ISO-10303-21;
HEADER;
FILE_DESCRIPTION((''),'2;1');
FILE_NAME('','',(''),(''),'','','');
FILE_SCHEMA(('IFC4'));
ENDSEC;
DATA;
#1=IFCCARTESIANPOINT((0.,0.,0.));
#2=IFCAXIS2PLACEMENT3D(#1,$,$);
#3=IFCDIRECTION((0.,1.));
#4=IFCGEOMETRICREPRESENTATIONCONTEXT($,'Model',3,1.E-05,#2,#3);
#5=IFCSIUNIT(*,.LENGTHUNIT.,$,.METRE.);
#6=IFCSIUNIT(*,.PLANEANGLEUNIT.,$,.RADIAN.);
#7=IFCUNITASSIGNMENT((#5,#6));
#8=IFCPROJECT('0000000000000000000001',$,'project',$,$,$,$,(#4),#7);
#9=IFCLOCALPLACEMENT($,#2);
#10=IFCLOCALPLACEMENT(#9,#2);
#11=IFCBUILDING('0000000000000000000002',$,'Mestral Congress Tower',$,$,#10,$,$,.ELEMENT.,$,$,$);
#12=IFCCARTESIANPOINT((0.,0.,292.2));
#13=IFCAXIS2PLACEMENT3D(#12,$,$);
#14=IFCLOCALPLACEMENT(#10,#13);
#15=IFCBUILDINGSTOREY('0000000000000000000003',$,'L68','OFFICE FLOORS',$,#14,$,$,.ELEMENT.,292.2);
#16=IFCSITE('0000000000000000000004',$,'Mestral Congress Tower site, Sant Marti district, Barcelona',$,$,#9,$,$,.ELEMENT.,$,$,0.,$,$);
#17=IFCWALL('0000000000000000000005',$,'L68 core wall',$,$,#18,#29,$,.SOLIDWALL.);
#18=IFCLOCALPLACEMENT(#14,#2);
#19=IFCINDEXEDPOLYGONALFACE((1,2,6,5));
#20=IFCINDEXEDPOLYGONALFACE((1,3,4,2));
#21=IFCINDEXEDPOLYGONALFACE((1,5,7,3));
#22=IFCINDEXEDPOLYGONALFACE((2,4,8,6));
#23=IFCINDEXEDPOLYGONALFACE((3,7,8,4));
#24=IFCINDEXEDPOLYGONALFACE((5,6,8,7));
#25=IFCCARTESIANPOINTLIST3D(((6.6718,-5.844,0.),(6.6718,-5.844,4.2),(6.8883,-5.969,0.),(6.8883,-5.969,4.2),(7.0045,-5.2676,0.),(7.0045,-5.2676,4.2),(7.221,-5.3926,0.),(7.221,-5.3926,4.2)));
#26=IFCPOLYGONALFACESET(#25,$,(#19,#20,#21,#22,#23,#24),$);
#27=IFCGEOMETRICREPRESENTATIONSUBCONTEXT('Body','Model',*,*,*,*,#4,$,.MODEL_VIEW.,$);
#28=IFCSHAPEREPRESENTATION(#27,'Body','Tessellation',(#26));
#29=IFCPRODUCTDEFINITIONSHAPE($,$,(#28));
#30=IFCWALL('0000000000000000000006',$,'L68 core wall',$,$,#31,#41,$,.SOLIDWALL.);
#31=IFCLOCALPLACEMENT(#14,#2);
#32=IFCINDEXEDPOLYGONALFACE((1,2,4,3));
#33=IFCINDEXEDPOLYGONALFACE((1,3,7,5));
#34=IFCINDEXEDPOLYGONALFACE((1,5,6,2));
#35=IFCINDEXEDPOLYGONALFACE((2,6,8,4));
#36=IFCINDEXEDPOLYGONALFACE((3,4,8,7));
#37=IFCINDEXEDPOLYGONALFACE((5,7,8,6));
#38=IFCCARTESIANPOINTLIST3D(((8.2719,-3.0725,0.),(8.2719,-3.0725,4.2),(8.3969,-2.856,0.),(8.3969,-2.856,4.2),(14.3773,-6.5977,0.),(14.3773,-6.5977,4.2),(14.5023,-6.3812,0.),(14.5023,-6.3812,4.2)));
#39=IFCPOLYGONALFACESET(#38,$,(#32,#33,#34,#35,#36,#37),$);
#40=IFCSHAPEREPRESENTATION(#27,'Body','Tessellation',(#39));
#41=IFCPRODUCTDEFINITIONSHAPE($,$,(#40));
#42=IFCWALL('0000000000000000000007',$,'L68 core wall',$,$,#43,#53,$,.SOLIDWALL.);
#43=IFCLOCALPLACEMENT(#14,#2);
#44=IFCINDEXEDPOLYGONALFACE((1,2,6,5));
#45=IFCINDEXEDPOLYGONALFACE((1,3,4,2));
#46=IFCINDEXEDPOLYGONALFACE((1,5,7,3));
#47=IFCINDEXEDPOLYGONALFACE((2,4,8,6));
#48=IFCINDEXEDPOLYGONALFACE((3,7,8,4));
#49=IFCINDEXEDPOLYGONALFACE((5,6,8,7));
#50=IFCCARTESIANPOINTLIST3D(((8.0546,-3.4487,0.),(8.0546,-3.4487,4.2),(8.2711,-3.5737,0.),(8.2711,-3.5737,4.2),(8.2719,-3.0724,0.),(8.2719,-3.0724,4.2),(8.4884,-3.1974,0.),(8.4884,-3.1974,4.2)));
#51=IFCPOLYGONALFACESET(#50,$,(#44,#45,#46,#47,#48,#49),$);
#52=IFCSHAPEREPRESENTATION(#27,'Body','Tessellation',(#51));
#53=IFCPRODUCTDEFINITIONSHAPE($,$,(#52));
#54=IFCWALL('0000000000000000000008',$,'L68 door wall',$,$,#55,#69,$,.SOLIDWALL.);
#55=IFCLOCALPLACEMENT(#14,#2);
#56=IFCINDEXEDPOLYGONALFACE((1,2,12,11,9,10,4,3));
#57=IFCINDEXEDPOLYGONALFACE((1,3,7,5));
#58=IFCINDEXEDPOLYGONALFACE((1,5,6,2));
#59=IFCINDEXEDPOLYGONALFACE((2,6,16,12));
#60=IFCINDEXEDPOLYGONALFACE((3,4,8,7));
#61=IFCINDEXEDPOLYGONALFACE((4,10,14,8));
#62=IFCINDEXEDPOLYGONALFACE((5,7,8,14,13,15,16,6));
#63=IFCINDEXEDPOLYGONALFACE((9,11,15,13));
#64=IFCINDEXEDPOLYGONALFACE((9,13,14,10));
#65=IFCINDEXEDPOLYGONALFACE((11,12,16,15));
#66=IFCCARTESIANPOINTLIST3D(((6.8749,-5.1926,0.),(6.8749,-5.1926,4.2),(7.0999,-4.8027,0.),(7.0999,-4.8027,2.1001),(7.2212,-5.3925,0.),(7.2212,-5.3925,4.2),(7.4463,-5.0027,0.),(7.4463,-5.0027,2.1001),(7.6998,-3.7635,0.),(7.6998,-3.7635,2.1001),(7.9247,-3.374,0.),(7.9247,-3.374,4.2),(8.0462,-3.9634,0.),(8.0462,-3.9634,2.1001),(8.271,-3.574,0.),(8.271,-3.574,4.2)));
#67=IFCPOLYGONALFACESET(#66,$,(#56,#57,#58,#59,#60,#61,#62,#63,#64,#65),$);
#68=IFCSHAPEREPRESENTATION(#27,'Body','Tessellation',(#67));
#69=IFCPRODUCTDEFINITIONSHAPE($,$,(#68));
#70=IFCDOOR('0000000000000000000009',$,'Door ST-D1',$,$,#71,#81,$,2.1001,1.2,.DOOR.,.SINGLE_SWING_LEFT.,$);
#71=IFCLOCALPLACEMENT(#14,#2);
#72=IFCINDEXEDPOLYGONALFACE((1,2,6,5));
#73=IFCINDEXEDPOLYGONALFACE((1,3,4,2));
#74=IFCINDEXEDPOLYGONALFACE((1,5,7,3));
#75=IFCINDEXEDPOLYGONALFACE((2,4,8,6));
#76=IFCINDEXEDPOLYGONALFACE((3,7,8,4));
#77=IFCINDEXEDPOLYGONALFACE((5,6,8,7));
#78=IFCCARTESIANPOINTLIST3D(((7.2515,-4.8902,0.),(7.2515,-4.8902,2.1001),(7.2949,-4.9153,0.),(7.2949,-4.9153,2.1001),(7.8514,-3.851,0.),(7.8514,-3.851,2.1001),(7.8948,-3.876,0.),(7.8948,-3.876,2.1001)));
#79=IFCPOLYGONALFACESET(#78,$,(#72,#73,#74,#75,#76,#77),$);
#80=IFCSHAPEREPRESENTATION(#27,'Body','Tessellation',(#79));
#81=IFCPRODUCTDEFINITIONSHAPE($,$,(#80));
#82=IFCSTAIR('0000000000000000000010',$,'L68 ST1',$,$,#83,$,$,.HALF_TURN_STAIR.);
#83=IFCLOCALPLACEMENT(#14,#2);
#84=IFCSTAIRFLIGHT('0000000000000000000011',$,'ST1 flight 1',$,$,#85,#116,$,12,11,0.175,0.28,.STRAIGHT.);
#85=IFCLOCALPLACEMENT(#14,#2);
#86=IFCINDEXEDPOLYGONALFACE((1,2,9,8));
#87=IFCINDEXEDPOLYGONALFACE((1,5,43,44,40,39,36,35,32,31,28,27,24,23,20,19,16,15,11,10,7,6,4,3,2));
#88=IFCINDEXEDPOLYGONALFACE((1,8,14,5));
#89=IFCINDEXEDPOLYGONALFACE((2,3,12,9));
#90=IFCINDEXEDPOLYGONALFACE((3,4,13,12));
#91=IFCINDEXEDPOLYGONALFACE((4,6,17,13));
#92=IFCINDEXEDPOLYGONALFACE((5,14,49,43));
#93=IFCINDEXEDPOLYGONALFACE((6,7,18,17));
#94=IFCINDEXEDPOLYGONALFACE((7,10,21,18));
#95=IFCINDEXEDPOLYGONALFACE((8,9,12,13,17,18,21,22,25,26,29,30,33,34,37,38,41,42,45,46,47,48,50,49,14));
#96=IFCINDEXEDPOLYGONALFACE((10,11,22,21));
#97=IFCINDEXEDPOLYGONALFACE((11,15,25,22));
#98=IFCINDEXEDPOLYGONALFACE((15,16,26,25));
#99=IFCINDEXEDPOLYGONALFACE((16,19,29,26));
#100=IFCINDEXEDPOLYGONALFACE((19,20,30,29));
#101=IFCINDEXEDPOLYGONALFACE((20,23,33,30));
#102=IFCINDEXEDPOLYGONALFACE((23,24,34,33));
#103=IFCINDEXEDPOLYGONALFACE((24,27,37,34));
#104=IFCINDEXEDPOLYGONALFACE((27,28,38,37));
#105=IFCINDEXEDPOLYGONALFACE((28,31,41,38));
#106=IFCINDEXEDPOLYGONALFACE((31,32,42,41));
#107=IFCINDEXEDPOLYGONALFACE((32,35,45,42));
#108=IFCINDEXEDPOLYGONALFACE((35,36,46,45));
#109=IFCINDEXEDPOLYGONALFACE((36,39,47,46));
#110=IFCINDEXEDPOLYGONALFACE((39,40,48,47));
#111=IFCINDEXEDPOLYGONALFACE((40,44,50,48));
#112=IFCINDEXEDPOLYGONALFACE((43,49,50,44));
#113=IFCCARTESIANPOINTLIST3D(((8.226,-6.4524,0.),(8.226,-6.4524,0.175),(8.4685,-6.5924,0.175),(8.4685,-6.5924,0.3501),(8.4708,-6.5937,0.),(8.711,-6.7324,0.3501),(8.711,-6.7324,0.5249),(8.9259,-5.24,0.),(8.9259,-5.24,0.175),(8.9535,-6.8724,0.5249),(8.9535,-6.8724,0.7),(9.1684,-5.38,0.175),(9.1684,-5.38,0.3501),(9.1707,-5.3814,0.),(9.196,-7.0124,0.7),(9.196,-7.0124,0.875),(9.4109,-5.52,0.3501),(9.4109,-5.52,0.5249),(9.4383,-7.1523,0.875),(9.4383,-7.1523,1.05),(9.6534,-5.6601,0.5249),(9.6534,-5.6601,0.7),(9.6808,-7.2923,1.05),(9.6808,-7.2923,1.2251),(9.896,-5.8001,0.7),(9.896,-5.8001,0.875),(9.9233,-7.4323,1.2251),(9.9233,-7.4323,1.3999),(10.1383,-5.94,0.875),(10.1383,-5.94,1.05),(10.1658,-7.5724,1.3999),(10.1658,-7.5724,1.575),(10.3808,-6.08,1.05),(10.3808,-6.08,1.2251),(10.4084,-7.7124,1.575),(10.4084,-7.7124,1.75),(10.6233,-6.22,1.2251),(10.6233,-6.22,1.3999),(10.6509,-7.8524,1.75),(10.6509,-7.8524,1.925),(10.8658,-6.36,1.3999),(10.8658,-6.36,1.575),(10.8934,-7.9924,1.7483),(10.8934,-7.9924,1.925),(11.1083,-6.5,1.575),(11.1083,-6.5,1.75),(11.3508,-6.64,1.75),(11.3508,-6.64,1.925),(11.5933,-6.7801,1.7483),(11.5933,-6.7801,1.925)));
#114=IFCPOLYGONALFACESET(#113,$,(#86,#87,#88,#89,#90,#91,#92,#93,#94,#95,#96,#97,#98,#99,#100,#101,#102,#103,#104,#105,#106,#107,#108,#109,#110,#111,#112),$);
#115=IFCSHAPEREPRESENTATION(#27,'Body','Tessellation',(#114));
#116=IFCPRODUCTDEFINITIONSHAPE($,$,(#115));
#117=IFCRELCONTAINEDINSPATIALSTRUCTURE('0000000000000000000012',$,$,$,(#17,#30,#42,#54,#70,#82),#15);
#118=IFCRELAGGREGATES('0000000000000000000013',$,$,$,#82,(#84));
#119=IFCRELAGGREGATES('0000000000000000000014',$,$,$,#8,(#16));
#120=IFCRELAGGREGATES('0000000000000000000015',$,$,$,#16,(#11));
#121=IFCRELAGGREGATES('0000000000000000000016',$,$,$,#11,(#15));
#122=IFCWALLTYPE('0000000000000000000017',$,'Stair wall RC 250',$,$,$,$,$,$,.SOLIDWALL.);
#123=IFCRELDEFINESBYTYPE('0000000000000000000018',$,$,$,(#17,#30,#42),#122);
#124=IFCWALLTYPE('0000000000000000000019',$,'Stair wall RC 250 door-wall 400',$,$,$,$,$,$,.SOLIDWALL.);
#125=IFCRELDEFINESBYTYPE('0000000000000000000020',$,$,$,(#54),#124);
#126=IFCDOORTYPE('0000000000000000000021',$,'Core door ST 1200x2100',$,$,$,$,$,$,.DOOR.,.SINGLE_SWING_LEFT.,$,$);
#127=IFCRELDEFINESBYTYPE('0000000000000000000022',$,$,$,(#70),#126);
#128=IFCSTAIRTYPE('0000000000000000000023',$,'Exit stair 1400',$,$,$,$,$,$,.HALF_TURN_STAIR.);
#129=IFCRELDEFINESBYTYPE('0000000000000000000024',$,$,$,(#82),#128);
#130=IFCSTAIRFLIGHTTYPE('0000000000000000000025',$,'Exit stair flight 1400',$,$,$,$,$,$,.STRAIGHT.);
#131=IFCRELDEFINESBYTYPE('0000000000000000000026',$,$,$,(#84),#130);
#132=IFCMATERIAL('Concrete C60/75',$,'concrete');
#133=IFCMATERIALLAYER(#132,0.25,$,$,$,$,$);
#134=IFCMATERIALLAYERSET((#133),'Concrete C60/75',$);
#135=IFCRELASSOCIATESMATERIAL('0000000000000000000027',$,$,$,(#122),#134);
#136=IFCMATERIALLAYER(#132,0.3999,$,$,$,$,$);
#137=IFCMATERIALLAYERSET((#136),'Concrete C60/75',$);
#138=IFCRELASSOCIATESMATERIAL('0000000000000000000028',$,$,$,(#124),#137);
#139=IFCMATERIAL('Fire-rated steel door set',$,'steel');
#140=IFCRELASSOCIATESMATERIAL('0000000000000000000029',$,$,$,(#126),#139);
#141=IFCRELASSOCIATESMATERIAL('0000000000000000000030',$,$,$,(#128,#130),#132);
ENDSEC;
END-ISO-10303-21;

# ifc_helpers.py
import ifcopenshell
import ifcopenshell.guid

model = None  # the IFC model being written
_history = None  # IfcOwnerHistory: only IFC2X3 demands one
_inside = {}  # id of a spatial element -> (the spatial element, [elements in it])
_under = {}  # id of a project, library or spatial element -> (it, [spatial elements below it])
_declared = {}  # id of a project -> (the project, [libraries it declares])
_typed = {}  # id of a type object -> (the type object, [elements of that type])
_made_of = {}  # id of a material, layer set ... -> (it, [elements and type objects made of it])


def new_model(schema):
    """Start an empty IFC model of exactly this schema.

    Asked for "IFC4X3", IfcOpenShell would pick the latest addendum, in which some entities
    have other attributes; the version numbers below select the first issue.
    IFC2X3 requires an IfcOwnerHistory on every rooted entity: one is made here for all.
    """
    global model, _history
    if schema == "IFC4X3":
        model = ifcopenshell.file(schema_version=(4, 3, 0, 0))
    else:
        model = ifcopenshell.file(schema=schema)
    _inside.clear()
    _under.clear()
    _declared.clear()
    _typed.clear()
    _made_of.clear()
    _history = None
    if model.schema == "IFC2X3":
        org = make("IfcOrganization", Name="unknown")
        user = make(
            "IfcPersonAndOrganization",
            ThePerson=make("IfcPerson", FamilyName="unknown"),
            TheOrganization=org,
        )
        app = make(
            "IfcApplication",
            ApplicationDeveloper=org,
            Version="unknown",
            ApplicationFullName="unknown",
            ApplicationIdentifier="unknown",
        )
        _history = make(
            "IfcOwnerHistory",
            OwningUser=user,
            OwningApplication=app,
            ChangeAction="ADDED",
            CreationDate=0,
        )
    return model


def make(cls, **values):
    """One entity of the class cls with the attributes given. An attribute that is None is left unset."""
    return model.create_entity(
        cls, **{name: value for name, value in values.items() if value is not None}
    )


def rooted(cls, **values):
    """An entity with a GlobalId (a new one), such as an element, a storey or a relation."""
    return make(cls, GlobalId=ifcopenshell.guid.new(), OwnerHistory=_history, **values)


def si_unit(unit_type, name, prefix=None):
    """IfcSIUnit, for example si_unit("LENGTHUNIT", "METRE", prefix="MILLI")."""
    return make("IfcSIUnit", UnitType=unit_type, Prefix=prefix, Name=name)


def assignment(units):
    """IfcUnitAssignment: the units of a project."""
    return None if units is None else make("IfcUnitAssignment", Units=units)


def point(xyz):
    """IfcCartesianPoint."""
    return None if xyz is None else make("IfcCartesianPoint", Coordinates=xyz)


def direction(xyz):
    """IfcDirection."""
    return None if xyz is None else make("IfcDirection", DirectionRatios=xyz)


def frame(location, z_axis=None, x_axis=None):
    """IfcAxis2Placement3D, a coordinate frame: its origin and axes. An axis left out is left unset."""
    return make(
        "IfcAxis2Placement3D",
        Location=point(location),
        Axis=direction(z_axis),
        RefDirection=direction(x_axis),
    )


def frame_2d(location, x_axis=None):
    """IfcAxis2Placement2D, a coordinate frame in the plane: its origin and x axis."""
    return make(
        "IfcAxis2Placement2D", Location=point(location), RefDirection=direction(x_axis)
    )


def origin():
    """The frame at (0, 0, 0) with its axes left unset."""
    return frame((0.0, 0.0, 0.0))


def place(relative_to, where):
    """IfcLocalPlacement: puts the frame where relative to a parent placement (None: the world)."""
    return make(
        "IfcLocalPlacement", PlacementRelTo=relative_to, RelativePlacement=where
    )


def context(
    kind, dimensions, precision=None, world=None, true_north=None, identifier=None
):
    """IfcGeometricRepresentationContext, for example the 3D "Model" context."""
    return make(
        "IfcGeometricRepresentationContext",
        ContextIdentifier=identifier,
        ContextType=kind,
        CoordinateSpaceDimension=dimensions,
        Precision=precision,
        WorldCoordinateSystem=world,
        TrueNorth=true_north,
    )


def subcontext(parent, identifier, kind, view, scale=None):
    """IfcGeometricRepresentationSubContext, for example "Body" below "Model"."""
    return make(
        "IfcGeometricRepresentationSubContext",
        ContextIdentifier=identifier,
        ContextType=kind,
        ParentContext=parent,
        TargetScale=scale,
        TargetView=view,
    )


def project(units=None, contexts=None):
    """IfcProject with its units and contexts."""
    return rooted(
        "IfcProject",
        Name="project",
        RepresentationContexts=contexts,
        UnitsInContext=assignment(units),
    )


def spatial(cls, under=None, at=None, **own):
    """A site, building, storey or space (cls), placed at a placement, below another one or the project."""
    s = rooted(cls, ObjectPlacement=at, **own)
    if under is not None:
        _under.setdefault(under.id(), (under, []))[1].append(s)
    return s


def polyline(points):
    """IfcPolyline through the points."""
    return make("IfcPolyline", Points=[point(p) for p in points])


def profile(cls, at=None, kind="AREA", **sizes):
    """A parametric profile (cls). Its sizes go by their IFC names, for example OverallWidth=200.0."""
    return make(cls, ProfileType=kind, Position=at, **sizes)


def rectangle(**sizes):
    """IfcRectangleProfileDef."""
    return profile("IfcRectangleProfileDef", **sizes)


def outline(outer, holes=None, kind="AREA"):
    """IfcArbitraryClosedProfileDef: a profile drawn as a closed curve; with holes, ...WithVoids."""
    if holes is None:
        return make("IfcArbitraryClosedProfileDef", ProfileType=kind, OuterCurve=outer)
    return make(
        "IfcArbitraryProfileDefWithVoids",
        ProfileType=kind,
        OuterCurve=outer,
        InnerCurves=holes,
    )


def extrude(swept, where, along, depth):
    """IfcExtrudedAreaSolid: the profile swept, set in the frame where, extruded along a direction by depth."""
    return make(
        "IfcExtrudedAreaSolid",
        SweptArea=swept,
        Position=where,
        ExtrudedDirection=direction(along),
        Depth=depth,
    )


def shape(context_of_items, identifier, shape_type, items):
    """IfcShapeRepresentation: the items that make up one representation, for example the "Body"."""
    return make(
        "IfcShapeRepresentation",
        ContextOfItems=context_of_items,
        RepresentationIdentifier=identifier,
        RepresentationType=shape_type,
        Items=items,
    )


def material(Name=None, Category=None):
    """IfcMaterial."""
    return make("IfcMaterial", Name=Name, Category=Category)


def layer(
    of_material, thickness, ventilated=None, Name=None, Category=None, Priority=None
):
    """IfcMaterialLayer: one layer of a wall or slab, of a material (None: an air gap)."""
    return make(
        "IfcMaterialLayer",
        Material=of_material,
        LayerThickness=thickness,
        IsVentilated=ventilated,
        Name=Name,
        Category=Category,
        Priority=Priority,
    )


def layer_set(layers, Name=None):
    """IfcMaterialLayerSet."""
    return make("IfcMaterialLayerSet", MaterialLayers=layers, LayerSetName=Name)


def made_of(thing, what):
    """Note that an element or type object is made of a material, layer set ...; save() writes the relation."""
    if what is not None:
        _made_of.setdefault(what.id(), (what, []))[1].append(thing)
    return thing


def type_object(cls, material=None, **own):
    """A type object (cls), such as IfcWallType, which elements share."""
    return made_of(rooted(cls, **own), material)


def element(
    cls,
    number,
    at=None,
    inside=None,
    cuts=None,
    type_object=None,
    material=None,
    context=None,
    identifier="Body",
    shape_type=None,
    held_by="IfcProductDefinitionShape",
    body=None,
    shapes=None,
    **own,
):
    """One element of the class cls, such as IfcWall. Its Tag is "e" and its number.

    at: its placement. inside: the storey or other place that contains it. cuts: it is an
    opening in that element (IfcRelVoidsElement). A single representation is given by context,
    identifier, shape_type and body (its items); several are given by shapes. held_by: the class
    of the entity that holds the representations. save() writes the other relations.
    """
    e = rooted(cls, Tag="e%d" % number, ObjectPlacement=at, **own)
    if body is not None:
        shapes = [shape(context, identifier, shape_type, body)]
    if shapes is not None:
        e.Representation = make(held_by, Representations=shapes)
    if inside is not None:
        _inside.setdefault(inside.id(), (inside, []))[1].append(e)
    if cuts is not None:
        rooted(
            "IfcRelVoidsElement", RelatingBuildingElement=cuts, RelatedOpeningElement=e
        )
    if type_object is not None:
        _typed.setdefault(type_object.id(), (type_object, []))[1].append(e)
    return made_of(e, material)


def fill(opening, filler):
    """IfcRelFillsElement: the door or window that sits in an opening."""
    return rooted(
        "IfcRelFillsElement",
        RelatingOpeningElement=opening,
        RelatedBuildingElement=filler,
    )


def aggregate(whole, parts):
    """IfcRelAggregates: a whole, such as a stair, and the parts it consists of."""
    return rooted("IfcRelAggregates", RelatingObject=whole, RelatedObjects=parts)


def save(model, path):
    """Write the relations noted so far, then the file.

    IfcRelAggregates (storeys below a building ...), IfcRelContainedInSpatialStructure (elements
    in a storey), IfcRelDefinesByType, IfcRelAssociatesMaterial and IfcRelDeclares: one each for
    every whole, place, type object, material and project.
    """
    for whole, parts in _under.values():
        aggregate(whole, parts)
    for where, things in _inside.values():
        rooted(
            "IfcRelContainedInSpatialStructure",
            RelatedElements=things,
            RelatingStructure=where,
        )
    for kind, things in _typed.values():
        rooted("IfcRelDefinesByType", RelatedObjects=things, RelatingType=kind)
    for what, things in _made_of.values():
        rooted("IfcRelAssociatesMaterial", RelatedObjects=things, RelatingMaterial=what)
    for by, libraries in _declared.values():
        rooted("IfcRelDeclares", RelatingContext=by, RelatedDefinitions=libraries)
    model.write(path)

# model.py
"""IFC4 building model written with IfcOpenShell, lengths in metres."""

from ifc_helpers import new_model, si_unit, direction, frame, frame_2d, origin, place, context, subcontext, project, spatial, polyline, rectangle, outline, extrude, material, layer, layer_set, type_object, element, fill, aggregate, save


model = new_model("IFC4")

# Units and contexts
model_context = context("Model", 3, precision=1e-05, world=origin(), true_north=direction((0.0, 1.0)))
body_context = subcontext(model_context, "Body", "Model", "MODEL_VIEW")
ifc_project = project(units=[si_unit("LENGTHUNIT", "METRE"), si_unit("PLANEANGLEUNIT", "RADIAN")], contexts=[model_context])

# Site, building, storey
site_placement = place(None, origin())
site = spatial("IfcSite", under=ifc_project, at=site_placement, Name="Mestral Congress Tower site, Sant Marti district, Barcelona", CompositionType="ELEMENT", RefElevation=0.0)
building_placement = place(site_placement, origin())
building = spatial("IfcBuilding", under=site, at=building_placement, Name="Mestral Congress Tower", CompositionType="ELEMENT")
storey_placement = place(building_placement, frame((0.0, 0.0, 292.2)))
storey = spatial("IfcBuildingStorey", under=building, at=storey_placement, Name="L68", Description="OFFICE FLOORS", CompositionType="ELEMENT", Elevation=292.2)

# Shared definitions
ifc_material_1 = material(Name="Fire-rated steel door set", Category="steel")

# Walls
ifc_material_2 = material(Name="Concrete C60/75", Category="concrete")
ifc_layer_1 = layer(ifc_material_2, 0.25)
ifc_layer_set_1 = layer_set([ifc_layer_1], Name="Concrete C60/75")
wall_type_1 = type_object("IfcWallType", Name="Stair wall RC 250", PredefinedType="SOLIDWALL", material=ifc_layer_set_1)
wall_1_placement = place(storey_placement, frame((7.1128, -5.3301, 0.0), z_axis=(0.0, 0.0, 1.0), x_axis=(-0.499966, -0.866045, 0.0)))
element("IfcWall", 1, at=wall_1_placement, inside=storey, type_object=wall_type_1, Name="L68 core wall", PredefinedType="SOLIDWALL", context=body_context, shape_type="SweptSolid", body=[
    extrude(rectangle(XDim=0.6655, YDim=0.25, at=frame_2d((0.3328, 0.0))), origin(), (0.0, 0.0, 1.0), 4.2),
])
wall_2_placement = place(storey_placement, frame((8.3345, -2.9644, 0.0), z_axis=(0.0, 0.0, 1.0), x_axis=(0.866016, -0.500016, 0.0)))
element("IfcWall", 2, at=wall_2_placement, inside=storey, type_object=wall_type_1, Name="L68 core wall", PredefinedType="SOLIDWALL", context=body_context, shape_type="SweptSolid", body=[
    extrude(rectangle(XDim=7.05, YDim=0.25, at=frame_2d((3.5249, 0.0))), origin(), (0.0, 0.0, 1.0), 4.2),
])
wall_3_placement = place(storey_placement, frame((8.1628, -3.5112, 0.0), z_axis=(0.0, 0.0, 1.0), x_axis=(0.500128, 0.865952, 0.0)))
element("IfcWall", 3, at=wall_3_placement, inside=storey, type_object=wall_type_1, Name="L68 core wall", PredefinedType="SOLIDWALL", context=body_context, shape_type="SweptSolid", body=[
    extrude(rectangle(XDim=0.4346, YDim=0.25, at=frame_2d((0.2173, 0.0))), origin(), (0.0, 0.0, 1.0), 4.2),
])

# Wall, opening, door
ifc_layer_2 = layer(ifc_material_2, 0.3999)
ifc_layer_set_2 = layer_set([ifc_layer_2], Name="Concrete C60/75")
wall_type_2 = type_object("IfcWallType", Name="Stair wall RC 250 door-wall 400", PredefinedType="SOLIDWALL", material=ifc_layer_set_2)
wall_4_placement = place(storey_placement, frame((7.0481, -5.2925, 0.0), z_axis=(0.0, 0.0, 1.0), x_axis=(0.499941, 0.86606, 0.0)))
wall_4 = element("IfcWall", 4, at=wall_4_placement, inside=storey, type_object=wall_type_2, Name="L68 door wall", PredefinedType="SOLIDWALL", context=body_context, shape_type="SweptSolid", body=[
    extrude(rectangle(XDim=2.0999, YDim=0.3999, at=frame_2d((1.0498, 0.0))), origin(), (0.0, 0.0, 1.0), 4.2),
])
opening_1_placement = place(wall_4_placement, frame((0.45, 0.0, 0.0)))
opening_1 = element("IfcOpeningElement", 5, at=opening_1_placement, cuts=wall_4, PredefinedType="OPENING", context=body_context, shape_type="SweptSolid", body=[
    extrude(rectangle(XDim=1.2, YDim=2.1001, at=frame_2d((0.6001, 1.05))), frame((0.0, 0.21, 0.0), z_axis=(0.0, -1.0, 0.0), x_axis=(1.0, 0.0, 0.0)), (0.0, 0.0, 1.0), 0.4199),
])
door_type_1 = type_object("IfcDoorType", Name="Core door ST 1200x2100", OperationType="SINGLE_SWING_LEFT", PredefinedType="DOOR", material=ifc_material_1)
door_1_placement = place(opening_1_placement, origin())
door_1 = element("IfcDoor", 6, at=door_1_placement, inside=storey, type_object=door_type_1, Name="Door ST-D1", OperationType="SINGLE_SWING_LEFT", OverallHeight=2.1001, OverallWidth=1.2, PredefinedType="DOOR", context=body_context, shape_type="SweptSolid", body=[
    extrude(rectangle(XDim=1.2, YDim=2.1001, at=frame_2d((0.6001, 1.05))), frame((0.0, 0.0249, 0.0), z_axis=(0.0, -1.0, 0.0), x_axis=(1.0, 0.0, 0.0)), (0.0, 0.0, 1.0), 0.05),
])
fill(opening_1, door_1)

# Stair, stair flight
stair_type = type_object("IfcStairType", Name="Exit stair 1400", PredefinedType="HALF_TURN_STAIR", material=ifc_material_2)
stair_placement = place(storey_placement, origin())
stair = element("IfcStair", 7, at=stair_placement, inside=storey, type_object=stair_type, Name="L68 ST1", PredefinedType="HALF_TURN_STAIR")
stair_flight_type = type_object("IfcStairFlightType", Name="Exit stair flight 1400", PredefinedType="STRAIGHT", material=ifc_material_2)
stair_flight_placement = place(storey_placement, frame((8.5759, -5.8462, 0.0), z_axis=(0.0, 0.0, 1.0), x_axis=(0.866025, -0.5, 0.0)))
stair_flight = element("IfcStairFlight", 8, at=stair_flight_placement, type_object=stair_flight_type, Name="ST1 flight 1", NumberOfRisers=12, NumberOfTreads=11, PredefinedType="STRAIGHT", RiserHeight=0.175, TreadLength=0.28, context=body_context, shape_type="SweptSolid", body=[
    extrude(outline(polyline([(0.0, 0.0), (0.0, 0.175), (0.28, 0.175), (0.28, 0.3501), (0.5601, 0.3501), (0.5601, 0.5249), (0.8401, 0.5249), (0.8401, 0.7), (1.1201, 0.7), (1.1201, 0.875), (1.3999, 0.875), (1.3999, 1.05), (1.6799, 1.05), (1.6799, 1.2251), (1.96, 1.2251), (1.96, 1.3999), (2.24, 1.3999), (2.24, 1.575), (2.52, 1.575), (2.52, 1.75), (2.8, 1.75), (2.8, 1.925), (3.0801, 1.925), (3.0801, 2.1001), (3.0801, 1.7483), (0.2827, 0.0), (0.0, 0.0)])), frame((0.0, 0.7, 0.0), z_axis=(0.0, -1.0, 0.0), x_axis=(1.0, 0.0, 0.0)), (0.0, 0.0, 1.0), 1.3999),
])
aggregate(stair, [stair_flight])

save(model, "model.ifc")
